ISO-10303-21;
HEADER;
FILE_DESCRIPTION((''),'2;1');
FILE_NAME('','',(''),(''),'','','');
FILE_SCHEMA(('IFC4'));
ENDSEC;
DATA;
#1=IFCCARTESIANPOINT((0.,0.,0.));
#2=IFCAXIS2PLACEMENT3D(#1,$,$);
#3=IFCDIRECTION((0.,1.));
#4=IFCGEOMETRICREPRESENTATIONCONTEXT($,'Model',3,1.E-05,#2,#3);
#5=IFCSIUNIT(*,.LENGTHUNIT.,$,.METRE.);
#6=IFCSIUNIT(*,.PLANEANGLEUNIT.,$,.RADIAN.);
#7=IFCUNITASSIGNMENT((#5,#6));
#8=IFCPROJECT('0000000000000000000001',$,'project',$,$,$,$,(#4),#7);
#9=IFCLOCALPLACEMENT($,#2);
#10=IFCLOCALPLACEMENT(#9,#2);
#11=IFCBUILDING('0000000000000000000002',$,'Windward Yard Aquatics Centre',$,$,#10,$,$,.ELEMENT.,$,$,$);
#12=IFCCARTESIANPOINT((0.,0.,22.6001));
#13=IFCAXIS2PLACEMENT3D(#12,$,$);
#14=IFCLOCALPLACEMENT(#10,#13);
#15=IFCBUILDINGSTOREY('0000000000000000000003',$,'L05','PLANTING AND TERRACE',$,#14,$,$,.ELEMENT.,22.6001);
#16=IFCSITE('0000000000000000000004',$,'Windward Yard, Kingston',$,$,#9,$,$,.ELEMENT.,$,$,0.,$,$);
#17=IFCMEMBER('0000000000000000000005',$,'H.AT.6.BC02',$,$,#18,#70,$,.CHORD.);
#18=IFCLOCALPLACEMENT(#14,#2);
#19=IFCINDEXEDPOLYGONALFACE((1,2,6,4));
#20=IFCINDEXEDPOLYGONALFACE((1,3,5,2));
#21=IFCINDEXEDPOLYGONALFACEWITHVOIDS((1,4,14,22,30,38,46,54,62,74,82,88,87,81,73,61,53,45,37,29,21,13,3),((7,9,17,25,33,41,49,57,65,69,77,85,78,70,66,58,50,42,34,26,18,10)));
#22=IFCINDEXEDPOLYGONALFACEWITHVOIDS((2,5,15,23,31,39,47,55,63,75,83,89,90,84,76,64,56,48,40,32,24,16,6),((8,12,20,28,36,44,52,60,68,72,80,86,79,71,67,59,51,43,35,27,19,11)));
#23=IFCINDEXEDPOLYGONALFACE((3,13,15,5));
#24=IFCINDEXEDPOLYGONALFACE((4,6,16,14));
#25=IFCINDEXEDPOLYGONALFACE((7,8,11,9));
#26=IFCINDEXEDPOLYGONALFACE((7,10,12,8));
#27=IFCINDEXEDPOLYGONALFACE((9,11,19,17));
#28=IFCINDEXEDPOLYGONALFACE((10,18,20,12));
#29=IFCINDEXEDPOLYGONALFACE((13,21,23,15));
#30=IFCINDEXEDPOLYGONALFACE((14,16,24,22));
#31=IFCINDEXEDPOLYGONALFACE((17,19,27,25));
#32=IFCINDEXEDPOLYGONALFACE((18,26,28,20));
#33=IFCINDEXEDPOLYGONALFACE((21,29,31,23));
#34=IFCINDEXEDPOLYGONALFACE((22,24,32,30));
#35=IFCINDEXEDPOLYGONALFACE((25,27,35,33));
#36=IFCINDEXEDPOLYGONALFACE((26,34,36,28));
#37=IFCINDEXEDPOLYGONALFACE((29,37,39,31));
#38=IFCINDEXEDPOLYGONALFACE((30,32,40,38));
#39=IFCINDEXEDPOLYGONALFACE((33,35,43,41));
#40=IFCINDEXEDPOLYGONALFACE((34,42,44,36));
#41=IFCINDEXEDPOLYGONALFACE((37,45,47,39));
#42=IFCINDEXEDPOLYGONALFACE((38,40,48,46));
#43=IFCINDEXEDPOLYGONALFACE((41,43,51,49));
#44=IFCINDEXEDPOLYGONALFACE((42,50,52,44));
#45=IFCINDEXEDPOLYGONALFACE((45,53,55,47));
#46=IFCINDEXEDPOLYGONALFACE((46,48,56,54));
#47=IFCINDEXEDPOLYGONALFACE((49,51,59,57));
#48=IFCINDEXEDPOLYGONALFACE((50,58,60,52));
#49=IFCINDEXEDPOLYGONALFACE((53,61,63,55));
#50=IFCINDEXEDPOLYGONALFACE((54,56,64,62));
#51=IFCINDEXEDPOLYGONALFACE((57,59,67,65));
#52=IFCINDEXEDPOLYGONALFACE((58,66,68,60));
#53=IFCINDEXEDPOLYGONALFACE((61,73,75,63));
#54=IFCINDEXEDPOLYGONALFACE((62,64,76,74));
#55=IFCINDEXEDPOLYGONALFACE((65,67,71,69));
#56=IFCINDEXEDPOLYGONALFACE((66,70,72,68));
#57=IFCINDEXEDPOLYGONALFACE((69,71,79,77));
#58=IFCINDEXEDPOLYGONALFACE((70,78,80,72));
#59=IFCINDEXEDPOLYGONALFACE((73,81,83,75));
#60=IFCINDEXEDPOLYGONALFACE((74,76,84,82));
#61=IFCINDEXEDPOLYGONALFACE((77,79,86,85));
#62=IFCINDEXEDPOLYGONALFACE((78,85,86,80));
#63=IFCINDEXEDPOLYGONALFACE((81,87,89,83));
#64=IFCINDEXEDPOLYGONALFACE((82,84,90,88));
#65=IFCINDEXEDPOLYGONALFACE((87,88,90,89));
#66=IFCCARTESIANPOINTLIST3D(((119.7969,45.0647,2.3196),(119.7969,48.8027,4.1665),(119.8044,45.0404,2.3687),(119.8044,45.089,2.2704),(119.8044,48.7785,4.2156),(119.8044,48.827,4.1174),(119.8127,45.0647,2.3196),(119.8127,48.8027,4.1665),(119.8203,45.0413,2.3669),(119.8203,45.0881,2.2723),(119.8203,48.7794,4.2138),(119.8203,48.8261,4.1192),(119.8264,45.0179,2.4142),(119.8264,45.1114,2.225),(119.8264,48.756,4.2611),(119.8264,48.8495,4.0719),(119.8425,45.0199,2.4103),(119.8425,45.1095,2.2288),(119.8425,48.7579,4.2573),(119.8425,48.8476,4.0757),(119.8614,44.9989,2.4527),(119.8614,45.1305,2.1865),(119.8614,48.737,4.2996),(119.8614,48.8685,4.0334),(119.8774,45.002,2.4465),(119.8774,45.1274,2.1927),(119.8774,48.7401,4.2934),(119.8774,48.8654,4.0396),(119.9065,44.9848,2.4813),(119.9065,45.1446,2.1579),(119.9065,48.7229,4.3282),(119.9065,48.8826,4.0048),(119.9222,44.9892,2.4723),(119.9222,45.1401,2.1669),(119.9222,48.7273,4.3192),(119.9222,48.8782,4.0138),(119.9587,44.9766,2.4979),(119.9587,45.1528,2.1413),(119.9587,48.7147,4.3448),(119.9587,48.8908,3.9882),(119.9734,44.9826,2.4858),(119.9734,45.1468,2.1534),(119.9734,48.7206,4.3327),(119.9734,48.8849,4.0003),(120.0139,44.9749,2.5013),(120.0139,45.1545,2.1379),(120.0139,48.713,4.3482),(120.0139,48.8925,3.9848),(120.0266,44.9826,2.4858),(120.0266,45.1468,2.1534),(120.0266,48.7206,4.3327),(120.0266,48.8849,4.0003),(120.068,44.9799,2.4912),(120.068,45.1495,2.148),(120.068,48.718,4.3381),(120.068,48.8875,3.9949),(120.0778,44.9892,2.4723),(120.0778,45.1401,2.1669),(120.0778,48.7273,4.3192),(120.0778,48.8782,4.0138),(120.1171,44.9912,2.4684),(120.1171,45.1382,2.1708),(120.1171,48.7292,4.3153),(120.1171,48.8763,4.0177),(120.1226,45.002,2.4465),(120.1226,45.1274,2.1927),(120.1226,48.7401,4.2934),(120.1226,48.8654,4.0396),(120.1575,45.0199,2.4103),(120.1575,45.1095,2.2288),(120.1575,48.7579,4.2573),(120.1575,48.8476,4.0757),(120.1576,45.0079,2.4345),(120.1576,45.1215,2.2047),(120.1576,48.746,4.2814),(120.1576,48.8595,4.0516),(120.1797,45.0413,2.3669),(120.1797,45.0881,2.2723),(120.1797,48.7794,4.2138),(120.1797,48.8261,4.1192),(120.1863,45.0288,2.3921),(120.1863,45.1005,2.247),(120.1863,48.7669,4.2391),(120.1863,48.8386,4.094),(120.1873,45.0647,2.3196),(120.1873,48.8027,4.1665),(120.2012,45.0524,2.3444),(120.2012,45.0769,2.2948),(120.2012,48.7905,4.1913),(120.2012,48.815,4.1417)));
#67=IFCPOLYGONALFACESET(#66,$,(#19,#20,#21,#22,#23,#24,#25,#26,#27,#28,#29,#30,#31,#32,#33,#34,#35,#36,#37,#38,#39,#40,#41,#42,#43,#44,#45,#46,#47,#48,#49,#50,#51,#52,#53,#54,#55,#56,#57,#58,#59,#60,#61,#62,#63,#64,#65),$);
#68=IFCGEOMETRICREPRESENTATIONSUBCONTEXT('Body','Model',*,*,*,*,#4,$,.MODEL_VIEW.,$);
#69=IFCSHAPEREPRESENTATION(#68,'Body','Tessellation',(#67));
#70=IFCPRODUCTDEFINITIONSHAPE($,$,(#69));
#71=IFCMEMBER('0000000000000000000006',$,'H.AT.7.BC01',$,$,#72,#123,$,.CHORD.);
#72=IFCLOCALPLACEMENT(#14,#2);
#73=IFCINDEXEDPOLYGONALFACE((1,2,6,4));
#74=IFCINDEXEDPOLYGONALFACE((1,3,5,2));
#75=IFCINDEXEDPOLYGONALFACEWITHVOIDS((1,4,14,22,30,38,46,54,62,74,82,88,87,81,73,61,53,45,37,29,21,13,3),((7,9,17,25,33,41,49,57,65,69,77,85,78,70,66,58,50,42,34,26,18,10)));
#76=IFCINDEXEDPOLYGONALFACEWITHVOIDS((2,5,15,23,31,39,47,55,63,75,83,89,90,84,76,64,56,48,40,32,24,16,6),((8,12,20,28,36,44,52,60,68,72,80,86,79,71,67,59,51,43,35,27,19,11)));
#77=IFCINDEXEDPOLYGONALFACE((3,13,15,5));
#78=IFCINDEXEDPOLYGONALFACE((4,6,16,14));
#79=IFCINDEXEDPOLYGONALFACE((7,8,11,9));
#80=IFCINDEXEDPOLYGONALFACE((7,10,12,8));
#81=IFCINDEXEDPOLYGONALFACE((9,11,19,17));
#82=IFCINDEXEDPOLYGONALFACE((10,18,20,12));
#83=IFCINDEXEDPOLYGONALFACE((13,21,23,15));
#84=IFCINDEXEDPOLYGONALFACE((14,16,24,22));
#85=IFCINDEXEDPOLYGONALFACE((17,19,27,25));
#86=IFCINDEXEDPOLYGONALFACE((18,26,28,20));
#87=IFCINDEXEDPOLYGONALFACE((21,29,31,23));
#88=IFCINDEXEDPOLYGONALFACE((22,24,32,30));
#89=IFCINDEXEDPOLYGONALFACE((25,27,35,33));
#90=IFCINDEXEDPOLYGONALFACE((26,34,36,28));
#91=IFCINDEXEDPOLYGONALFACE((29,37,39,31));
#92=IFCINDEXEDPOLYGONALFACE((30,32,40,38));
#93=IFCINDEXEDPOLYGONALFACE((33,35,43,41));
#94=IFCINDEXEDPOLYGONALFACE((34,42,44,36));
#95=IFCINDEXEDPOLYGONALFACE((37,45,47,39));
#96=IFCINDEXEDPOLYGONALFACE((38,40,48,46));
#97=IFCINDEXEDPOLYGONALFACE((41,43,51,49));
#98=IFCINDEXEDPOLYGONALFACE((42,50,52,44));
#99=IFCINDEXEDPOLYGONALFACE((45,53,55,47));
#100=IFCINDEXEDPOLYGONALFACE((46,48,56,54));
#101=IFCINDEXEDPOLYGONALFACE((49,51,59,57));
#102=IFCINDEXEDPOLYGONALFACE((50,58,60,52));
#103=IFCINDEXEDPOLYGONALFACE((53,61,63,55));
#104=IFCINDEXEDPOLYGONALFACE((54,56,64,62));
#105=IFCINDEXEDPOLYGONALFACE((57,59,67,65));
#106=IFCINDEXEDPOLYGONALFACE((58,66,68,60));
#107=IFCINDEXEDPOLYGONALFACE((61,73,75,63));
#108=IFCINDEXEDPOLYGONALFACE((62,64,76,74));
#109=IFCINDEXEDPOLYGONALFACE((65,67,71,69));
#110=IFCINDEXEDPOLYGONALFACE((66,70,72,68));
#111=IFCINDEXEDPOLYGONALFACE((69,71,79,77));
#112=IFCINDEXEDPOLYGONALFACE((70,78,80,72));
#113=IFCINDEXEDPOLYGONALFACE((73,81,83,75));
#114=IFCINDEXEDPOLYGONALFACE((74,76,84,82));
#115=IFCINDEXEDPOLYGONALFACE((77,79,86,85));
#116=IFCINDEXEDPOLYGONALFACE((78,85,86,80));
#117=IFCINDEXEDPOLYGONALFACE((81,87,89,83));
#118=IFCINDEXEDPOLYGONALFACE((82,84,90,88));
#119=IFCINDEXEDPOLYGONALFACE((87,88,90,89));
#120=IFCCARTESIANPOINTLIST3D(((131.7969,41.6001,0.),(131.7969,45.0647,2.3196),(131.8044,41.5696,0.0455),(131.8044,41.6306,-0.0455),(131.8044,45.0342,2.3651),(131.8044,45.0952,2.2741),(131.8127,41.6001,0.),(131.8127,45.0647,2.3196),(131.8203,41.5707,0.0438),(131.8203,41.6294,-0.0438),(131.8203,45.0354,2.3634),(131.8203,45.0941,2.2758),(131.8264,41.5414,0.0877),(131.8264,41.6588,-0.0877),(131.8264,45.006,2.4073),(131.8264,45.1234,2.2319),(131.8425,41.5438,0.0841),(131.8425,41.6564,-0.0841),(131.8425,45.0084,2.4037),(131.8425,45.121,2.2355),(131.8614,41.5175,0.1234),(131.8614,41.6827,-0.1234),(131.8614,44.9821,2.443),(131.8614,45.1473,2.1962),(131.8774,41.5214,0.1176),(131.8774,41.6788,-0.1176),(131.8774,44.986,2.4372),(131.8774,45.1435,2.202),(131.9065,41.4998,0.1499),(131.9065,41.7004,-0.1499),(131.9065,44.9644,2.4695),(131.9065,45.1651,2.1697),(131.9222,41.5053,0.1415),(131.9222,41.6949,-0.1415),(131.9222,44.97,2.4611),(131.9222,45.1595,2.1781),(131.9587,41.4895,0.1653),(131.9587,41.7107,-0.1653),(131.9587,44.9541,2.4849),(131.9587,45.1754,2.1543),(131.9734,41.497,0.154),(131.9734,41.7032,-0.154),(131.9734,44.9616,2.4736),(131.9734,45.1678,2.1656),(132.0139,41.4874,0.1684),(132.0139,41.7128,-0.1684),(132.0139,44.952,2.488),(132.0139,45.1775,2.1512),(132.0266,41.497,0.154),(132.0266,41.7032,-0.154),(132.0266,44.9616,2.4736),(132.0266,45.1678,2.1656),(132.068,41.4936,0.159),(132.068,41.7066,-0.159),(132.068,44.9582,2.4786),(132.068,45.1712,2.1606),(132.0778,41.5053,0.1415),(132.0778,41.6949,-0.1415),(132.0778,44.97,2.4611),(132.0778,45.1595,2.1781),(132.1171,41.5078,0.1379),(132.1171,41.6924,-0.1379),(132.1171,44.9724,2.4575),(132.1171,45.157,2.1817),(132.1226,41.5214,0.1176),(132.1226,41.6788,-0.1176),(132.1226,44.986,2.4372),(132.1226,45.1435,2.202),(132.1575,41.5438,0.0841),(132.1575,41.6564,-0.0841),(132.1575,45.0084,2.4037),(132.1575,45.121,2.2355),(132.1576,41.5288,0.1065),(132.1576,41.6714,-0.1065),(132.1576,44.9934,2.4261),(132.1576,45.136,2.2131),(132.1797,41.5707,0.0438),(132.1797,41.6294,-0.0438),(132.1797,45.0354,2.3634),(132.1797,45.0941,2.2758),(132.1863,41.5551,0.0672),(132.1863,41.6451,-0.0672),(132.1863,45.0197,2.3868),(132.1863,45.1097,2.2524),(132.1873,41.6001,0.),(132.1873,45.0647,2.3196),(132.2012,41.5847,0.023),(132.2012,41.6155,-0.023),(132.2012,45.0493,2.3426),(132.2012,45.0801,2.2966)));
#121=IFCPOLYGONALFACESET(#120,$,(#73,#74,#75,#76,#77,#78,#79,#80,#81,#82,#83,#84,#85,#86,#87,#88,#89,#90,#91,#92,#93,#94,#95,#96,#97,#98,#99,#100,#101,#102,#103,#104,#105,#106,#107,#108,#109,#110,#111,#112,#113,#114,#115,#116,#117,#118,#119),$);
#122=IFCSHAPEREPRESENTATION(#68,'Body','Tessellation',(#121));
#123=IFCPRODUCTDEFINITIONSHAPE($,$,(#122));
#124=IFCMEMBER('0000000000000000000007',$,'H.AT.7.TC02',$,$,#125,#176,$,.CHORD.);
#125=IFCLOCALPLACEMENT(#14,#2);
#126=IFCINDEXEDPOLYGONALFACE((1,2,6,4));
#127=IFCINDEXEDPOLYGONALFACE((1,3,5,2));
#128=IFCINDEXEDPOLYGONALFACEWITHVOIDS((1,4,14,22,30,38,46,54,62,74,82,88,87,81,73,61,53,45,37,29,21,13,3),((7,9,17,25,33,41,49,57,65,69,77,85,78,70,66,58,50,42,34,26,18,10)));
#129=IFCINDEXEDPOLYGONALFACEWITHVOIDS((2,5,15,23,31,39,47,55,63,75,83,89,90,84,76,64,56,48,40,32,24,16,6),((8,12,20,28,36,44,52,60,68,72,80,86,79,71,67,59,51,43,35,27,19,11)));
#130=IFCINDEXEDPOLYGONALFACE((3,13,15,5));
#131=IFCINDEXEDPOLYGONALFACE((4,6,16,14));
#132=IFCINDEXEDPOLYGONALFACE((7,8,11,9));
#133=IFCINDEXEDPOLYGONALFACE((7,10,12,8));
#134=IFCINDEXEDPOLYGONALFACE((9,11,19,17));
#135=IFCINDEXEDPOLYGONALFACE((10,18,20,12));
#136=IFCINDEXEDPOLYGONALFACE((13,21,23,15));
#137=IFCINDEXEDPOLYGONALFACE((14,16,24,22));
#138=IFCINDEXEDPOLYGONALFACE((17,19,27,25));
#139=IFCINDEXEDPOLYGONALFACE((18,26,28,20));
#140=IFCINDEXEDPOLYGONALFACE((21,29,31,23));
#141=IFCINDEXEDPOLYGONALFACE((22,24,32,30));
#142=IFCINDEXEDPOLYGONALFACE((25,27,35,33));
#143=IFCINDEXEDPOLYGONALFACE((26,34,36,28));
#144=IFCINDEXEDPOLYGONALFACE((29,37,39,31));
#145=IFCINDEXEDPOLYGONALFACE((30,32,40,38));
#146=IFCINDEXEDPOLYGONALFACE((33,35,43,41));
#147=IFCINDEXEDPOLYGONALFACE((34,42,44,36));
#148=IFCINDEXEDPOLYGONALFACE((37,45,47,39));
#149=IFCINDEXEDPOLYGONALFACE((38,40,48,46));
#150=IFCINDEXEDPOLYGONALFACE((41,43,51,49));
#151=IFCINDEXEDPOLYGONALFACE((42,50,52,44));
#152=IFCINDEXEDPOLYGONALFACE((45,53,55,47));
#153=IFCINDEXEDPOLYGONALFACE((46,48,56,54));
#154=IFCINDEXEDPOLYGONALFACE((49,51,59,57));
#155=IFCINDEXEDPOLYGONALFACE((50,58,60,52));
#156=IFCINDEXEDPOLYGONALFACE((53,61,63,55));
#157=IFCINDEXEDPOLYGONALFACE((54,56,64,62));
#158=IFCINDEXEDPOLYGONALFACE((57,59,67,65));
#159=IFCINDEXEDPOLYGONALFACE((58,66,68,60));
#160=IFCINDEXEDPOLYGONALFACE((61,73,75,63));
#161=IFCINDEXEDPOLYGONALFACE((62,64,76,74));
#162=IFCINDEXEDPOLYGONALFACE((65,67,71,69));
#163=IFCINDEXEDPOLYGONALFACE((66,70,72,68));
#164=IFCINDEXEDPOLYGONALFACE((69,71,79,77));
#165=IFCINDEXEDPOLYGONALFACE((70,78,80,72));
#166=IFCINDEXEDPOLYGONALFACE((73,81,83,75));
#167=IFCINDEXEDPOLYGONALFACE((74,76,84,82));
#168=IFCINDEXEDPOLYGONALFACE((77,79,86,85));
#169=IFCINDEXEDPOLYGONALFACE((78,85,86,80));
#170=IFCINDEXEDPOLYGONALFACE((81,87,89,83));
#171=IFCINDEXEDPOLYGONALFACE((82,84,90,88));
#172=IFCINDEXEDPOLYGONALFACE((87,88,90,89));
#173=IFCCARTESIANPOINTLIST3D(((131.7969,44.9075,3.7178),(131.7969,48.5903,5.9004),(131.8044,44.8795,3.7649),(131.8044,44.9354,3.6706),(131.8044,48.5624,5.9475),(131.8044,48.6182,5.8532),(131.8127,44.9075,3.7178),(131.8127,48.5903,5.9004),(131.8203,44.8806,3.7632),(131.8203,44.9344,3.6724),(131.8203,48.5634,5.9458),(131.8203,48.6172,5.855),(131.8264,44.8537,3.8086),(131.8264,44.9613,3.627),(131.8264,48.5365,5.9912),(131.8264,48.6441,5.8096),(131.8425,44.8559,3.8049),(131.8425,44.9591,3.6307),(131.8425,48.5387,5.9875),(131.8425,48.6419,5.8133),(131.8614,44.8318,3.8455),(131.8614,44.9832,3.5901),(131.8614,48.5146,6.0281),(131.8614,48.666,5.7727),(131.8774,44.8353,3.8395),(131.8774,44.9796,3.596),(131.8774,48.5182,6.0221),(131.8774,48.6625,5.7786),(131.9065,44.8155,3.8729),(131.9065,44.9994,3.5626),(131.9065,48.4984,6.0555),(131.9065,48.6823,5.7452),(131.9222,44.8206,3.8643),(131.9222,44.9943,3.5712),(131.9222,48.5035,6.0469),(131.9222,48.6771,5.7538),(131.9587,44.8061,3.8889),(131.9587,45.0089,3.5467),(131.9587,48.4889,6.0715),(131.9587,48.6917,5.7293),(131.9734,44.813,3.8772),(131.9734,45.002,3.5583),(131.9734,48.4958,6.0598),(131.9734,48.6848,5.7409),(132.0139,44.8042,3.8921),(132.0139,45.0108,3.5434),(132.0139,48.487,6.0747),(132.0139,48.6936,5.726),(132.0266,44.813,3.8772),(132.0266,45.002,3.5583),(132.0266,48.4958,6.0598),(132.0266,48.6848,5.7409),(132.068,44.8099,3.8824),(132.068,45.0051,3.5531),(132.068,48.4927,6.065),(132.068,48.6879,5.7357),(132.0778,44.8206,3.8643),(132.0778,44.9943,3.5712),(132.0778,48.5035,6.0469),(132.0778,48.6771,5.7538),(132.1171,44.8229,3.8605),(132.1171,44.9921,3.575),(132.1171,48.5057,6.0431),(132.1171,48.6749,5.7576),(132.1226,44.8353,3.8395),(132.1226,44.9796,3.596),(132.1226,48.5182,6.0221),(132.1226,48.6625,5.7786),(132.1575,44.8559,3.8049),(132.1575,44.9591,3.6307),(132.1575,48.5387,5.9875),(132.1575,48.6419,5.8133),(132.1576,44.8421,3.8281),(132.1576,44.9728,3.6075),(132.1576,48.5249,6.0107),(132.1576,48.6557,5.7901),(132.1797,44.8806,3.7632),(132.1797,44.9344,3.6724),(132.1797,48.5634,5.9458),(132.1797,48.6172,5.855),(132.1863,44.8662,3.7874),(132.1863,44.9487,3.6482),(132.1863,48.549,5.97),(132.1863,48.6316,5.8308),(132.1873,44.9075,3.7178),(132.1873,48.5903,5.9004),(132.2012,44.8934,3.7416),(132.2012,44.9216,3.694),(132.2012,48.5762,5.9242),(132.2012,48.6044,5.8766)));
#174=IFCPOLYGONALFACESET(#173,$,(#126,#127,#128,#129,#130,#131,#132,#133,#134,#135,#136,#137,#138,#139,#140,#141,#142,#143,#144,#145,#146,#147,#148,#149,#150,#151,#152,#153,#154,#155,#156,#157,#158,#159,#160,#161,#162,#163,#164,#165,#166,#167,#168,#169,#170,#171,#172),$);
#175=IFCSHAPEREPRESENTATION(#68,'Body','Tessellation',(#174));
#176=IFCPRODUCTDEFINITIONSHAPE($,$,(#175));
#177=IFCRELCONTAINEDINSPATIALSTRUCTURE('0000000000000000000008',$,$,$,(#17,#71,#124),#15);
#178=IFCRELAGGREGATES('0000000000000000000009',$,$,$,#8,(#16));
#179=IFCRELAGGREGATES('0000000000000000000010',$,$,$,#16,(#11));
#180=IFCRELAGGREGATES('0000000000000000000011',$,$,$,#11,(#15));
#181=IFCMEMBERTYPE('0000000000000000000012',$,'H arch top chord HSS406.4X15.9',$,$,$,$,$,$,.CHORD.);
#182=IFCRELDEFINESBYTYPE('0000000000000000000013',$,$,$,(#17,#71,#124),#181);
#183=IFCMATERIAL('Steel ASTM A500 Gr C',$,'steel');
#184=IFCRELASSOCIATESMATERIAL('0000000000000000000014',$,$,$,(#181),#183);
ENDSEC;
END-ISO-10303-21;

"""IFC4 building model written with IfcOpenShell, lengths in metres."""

from ifc_helpers import new_model, si_unit, direction, frame, origin, origin_2d, place, context, subcontext, project, spatial, hollow_circle, extrude, material, material_profile, profile_set, type_object, element, save


model = new_model("IFC4")

# Units and contexts
model_context = context("Model", 3, precision=1e-05, world=origin(), true_north=direction((0.0, 1.0)))
body_context = subcontext(model_context, "Body", "Model", "MODEL_VIEW")
ifc_project = project(units=[si_unit("LENGTHUNIT", "METRE"), si_unit("PLANEANGLEUNIT", "RADIAN")], contexts=[model_context])

# Site, building, storey
site_placement = place(None, origin())
site = spatial("IfcSite", under=ifc_project, at=site_placement, Name="Windward Yard, Kingston", CompositionType="ELEMENT", RefElevation=0.0)
building_placement = place(site_placement, origin())
building = spatial("IfcBuilding", under=site, at=building_placement, Name="Windward Yard Aquatics Centre", CompositionType="ELEMENT")
storey_placement = place(building_placement, frame((0.0, 0.0, 22.6001)))
storey = spatial("IfcBuildingStorey", under=building, at=storey_placement, Name="L05", Description="PLANTING AND TERRACE", CompositionType="ELEMENT", Elevation=22.6001)

# Members
ifc_material_1 = material(Name="Steel ASTM A500 Gr C", Category="steel")
ifc_material_profile_1 = material_profile(ifc_material_1, hollow_circle(Radius=0.2031, WallThickness=0.0159, at=origin_2d()), Name="HSS406.4X15.9")
ifc_profile_set_1 = profile_set([ifc_material_profile_1], Name="Steel ASTM A500 Gr C")
member_type_1 = type_object("IfcMemberType", Name="H arch top chord HSS406.4X15.9", PredefinedType="CHORD", material=ifc_profile_set_1)
for number, where, z_axis, x_axis, name in (
    (1, (120.0, 45.0647, 2.3196), (0.0, 0.896537, 0.442969), (-1.0, 0.0, 0.0), "H.AT.6.BC02"),
    (2, (132.0, 41.6001, 0.0), (0.0, 0.830959, 0.556334), (-1.0, 0.0, 0.0), "H.AT.7.BC01"),
):
    element("IfcMember", number, at=place(storey_placement, frame(where, z_axis=z_axis, x_axis=x_axis)), inside=storey, type_object=member_type_1, Name=name, PredefinedType="CHORD", context=body_context, shape_type="SweptSolid", body=[
        extrude(hollow_circle(Radius=0.2031, WallThickness=0.0159, at=origin_2d()), origin(), (0.0, 0.0, 1.0), 4.1694),
    ])
member_1_placement = place(storey_placement, frame((132.0, 44.9075, 3.7178), z_axis=(0.0, 0.860273, 0.509834), x_axis=(-1.0, 0.0, 0.0)))
element("IfcMember", 3, at=member_1_placement, inside=storey, type_object=member_type_1, Name="H.AT.7.TC02", PredefinedType="CHORD", context=body_context, shape_type="SweptSolid", body=[
    extrude(hollow_circle(Radius=0.2031, WallThickness=0.0159, at=origin_2d()), origin(), (0.0, 0.0, 1.0), 4.281),
])

save(model, "model.ifc")
